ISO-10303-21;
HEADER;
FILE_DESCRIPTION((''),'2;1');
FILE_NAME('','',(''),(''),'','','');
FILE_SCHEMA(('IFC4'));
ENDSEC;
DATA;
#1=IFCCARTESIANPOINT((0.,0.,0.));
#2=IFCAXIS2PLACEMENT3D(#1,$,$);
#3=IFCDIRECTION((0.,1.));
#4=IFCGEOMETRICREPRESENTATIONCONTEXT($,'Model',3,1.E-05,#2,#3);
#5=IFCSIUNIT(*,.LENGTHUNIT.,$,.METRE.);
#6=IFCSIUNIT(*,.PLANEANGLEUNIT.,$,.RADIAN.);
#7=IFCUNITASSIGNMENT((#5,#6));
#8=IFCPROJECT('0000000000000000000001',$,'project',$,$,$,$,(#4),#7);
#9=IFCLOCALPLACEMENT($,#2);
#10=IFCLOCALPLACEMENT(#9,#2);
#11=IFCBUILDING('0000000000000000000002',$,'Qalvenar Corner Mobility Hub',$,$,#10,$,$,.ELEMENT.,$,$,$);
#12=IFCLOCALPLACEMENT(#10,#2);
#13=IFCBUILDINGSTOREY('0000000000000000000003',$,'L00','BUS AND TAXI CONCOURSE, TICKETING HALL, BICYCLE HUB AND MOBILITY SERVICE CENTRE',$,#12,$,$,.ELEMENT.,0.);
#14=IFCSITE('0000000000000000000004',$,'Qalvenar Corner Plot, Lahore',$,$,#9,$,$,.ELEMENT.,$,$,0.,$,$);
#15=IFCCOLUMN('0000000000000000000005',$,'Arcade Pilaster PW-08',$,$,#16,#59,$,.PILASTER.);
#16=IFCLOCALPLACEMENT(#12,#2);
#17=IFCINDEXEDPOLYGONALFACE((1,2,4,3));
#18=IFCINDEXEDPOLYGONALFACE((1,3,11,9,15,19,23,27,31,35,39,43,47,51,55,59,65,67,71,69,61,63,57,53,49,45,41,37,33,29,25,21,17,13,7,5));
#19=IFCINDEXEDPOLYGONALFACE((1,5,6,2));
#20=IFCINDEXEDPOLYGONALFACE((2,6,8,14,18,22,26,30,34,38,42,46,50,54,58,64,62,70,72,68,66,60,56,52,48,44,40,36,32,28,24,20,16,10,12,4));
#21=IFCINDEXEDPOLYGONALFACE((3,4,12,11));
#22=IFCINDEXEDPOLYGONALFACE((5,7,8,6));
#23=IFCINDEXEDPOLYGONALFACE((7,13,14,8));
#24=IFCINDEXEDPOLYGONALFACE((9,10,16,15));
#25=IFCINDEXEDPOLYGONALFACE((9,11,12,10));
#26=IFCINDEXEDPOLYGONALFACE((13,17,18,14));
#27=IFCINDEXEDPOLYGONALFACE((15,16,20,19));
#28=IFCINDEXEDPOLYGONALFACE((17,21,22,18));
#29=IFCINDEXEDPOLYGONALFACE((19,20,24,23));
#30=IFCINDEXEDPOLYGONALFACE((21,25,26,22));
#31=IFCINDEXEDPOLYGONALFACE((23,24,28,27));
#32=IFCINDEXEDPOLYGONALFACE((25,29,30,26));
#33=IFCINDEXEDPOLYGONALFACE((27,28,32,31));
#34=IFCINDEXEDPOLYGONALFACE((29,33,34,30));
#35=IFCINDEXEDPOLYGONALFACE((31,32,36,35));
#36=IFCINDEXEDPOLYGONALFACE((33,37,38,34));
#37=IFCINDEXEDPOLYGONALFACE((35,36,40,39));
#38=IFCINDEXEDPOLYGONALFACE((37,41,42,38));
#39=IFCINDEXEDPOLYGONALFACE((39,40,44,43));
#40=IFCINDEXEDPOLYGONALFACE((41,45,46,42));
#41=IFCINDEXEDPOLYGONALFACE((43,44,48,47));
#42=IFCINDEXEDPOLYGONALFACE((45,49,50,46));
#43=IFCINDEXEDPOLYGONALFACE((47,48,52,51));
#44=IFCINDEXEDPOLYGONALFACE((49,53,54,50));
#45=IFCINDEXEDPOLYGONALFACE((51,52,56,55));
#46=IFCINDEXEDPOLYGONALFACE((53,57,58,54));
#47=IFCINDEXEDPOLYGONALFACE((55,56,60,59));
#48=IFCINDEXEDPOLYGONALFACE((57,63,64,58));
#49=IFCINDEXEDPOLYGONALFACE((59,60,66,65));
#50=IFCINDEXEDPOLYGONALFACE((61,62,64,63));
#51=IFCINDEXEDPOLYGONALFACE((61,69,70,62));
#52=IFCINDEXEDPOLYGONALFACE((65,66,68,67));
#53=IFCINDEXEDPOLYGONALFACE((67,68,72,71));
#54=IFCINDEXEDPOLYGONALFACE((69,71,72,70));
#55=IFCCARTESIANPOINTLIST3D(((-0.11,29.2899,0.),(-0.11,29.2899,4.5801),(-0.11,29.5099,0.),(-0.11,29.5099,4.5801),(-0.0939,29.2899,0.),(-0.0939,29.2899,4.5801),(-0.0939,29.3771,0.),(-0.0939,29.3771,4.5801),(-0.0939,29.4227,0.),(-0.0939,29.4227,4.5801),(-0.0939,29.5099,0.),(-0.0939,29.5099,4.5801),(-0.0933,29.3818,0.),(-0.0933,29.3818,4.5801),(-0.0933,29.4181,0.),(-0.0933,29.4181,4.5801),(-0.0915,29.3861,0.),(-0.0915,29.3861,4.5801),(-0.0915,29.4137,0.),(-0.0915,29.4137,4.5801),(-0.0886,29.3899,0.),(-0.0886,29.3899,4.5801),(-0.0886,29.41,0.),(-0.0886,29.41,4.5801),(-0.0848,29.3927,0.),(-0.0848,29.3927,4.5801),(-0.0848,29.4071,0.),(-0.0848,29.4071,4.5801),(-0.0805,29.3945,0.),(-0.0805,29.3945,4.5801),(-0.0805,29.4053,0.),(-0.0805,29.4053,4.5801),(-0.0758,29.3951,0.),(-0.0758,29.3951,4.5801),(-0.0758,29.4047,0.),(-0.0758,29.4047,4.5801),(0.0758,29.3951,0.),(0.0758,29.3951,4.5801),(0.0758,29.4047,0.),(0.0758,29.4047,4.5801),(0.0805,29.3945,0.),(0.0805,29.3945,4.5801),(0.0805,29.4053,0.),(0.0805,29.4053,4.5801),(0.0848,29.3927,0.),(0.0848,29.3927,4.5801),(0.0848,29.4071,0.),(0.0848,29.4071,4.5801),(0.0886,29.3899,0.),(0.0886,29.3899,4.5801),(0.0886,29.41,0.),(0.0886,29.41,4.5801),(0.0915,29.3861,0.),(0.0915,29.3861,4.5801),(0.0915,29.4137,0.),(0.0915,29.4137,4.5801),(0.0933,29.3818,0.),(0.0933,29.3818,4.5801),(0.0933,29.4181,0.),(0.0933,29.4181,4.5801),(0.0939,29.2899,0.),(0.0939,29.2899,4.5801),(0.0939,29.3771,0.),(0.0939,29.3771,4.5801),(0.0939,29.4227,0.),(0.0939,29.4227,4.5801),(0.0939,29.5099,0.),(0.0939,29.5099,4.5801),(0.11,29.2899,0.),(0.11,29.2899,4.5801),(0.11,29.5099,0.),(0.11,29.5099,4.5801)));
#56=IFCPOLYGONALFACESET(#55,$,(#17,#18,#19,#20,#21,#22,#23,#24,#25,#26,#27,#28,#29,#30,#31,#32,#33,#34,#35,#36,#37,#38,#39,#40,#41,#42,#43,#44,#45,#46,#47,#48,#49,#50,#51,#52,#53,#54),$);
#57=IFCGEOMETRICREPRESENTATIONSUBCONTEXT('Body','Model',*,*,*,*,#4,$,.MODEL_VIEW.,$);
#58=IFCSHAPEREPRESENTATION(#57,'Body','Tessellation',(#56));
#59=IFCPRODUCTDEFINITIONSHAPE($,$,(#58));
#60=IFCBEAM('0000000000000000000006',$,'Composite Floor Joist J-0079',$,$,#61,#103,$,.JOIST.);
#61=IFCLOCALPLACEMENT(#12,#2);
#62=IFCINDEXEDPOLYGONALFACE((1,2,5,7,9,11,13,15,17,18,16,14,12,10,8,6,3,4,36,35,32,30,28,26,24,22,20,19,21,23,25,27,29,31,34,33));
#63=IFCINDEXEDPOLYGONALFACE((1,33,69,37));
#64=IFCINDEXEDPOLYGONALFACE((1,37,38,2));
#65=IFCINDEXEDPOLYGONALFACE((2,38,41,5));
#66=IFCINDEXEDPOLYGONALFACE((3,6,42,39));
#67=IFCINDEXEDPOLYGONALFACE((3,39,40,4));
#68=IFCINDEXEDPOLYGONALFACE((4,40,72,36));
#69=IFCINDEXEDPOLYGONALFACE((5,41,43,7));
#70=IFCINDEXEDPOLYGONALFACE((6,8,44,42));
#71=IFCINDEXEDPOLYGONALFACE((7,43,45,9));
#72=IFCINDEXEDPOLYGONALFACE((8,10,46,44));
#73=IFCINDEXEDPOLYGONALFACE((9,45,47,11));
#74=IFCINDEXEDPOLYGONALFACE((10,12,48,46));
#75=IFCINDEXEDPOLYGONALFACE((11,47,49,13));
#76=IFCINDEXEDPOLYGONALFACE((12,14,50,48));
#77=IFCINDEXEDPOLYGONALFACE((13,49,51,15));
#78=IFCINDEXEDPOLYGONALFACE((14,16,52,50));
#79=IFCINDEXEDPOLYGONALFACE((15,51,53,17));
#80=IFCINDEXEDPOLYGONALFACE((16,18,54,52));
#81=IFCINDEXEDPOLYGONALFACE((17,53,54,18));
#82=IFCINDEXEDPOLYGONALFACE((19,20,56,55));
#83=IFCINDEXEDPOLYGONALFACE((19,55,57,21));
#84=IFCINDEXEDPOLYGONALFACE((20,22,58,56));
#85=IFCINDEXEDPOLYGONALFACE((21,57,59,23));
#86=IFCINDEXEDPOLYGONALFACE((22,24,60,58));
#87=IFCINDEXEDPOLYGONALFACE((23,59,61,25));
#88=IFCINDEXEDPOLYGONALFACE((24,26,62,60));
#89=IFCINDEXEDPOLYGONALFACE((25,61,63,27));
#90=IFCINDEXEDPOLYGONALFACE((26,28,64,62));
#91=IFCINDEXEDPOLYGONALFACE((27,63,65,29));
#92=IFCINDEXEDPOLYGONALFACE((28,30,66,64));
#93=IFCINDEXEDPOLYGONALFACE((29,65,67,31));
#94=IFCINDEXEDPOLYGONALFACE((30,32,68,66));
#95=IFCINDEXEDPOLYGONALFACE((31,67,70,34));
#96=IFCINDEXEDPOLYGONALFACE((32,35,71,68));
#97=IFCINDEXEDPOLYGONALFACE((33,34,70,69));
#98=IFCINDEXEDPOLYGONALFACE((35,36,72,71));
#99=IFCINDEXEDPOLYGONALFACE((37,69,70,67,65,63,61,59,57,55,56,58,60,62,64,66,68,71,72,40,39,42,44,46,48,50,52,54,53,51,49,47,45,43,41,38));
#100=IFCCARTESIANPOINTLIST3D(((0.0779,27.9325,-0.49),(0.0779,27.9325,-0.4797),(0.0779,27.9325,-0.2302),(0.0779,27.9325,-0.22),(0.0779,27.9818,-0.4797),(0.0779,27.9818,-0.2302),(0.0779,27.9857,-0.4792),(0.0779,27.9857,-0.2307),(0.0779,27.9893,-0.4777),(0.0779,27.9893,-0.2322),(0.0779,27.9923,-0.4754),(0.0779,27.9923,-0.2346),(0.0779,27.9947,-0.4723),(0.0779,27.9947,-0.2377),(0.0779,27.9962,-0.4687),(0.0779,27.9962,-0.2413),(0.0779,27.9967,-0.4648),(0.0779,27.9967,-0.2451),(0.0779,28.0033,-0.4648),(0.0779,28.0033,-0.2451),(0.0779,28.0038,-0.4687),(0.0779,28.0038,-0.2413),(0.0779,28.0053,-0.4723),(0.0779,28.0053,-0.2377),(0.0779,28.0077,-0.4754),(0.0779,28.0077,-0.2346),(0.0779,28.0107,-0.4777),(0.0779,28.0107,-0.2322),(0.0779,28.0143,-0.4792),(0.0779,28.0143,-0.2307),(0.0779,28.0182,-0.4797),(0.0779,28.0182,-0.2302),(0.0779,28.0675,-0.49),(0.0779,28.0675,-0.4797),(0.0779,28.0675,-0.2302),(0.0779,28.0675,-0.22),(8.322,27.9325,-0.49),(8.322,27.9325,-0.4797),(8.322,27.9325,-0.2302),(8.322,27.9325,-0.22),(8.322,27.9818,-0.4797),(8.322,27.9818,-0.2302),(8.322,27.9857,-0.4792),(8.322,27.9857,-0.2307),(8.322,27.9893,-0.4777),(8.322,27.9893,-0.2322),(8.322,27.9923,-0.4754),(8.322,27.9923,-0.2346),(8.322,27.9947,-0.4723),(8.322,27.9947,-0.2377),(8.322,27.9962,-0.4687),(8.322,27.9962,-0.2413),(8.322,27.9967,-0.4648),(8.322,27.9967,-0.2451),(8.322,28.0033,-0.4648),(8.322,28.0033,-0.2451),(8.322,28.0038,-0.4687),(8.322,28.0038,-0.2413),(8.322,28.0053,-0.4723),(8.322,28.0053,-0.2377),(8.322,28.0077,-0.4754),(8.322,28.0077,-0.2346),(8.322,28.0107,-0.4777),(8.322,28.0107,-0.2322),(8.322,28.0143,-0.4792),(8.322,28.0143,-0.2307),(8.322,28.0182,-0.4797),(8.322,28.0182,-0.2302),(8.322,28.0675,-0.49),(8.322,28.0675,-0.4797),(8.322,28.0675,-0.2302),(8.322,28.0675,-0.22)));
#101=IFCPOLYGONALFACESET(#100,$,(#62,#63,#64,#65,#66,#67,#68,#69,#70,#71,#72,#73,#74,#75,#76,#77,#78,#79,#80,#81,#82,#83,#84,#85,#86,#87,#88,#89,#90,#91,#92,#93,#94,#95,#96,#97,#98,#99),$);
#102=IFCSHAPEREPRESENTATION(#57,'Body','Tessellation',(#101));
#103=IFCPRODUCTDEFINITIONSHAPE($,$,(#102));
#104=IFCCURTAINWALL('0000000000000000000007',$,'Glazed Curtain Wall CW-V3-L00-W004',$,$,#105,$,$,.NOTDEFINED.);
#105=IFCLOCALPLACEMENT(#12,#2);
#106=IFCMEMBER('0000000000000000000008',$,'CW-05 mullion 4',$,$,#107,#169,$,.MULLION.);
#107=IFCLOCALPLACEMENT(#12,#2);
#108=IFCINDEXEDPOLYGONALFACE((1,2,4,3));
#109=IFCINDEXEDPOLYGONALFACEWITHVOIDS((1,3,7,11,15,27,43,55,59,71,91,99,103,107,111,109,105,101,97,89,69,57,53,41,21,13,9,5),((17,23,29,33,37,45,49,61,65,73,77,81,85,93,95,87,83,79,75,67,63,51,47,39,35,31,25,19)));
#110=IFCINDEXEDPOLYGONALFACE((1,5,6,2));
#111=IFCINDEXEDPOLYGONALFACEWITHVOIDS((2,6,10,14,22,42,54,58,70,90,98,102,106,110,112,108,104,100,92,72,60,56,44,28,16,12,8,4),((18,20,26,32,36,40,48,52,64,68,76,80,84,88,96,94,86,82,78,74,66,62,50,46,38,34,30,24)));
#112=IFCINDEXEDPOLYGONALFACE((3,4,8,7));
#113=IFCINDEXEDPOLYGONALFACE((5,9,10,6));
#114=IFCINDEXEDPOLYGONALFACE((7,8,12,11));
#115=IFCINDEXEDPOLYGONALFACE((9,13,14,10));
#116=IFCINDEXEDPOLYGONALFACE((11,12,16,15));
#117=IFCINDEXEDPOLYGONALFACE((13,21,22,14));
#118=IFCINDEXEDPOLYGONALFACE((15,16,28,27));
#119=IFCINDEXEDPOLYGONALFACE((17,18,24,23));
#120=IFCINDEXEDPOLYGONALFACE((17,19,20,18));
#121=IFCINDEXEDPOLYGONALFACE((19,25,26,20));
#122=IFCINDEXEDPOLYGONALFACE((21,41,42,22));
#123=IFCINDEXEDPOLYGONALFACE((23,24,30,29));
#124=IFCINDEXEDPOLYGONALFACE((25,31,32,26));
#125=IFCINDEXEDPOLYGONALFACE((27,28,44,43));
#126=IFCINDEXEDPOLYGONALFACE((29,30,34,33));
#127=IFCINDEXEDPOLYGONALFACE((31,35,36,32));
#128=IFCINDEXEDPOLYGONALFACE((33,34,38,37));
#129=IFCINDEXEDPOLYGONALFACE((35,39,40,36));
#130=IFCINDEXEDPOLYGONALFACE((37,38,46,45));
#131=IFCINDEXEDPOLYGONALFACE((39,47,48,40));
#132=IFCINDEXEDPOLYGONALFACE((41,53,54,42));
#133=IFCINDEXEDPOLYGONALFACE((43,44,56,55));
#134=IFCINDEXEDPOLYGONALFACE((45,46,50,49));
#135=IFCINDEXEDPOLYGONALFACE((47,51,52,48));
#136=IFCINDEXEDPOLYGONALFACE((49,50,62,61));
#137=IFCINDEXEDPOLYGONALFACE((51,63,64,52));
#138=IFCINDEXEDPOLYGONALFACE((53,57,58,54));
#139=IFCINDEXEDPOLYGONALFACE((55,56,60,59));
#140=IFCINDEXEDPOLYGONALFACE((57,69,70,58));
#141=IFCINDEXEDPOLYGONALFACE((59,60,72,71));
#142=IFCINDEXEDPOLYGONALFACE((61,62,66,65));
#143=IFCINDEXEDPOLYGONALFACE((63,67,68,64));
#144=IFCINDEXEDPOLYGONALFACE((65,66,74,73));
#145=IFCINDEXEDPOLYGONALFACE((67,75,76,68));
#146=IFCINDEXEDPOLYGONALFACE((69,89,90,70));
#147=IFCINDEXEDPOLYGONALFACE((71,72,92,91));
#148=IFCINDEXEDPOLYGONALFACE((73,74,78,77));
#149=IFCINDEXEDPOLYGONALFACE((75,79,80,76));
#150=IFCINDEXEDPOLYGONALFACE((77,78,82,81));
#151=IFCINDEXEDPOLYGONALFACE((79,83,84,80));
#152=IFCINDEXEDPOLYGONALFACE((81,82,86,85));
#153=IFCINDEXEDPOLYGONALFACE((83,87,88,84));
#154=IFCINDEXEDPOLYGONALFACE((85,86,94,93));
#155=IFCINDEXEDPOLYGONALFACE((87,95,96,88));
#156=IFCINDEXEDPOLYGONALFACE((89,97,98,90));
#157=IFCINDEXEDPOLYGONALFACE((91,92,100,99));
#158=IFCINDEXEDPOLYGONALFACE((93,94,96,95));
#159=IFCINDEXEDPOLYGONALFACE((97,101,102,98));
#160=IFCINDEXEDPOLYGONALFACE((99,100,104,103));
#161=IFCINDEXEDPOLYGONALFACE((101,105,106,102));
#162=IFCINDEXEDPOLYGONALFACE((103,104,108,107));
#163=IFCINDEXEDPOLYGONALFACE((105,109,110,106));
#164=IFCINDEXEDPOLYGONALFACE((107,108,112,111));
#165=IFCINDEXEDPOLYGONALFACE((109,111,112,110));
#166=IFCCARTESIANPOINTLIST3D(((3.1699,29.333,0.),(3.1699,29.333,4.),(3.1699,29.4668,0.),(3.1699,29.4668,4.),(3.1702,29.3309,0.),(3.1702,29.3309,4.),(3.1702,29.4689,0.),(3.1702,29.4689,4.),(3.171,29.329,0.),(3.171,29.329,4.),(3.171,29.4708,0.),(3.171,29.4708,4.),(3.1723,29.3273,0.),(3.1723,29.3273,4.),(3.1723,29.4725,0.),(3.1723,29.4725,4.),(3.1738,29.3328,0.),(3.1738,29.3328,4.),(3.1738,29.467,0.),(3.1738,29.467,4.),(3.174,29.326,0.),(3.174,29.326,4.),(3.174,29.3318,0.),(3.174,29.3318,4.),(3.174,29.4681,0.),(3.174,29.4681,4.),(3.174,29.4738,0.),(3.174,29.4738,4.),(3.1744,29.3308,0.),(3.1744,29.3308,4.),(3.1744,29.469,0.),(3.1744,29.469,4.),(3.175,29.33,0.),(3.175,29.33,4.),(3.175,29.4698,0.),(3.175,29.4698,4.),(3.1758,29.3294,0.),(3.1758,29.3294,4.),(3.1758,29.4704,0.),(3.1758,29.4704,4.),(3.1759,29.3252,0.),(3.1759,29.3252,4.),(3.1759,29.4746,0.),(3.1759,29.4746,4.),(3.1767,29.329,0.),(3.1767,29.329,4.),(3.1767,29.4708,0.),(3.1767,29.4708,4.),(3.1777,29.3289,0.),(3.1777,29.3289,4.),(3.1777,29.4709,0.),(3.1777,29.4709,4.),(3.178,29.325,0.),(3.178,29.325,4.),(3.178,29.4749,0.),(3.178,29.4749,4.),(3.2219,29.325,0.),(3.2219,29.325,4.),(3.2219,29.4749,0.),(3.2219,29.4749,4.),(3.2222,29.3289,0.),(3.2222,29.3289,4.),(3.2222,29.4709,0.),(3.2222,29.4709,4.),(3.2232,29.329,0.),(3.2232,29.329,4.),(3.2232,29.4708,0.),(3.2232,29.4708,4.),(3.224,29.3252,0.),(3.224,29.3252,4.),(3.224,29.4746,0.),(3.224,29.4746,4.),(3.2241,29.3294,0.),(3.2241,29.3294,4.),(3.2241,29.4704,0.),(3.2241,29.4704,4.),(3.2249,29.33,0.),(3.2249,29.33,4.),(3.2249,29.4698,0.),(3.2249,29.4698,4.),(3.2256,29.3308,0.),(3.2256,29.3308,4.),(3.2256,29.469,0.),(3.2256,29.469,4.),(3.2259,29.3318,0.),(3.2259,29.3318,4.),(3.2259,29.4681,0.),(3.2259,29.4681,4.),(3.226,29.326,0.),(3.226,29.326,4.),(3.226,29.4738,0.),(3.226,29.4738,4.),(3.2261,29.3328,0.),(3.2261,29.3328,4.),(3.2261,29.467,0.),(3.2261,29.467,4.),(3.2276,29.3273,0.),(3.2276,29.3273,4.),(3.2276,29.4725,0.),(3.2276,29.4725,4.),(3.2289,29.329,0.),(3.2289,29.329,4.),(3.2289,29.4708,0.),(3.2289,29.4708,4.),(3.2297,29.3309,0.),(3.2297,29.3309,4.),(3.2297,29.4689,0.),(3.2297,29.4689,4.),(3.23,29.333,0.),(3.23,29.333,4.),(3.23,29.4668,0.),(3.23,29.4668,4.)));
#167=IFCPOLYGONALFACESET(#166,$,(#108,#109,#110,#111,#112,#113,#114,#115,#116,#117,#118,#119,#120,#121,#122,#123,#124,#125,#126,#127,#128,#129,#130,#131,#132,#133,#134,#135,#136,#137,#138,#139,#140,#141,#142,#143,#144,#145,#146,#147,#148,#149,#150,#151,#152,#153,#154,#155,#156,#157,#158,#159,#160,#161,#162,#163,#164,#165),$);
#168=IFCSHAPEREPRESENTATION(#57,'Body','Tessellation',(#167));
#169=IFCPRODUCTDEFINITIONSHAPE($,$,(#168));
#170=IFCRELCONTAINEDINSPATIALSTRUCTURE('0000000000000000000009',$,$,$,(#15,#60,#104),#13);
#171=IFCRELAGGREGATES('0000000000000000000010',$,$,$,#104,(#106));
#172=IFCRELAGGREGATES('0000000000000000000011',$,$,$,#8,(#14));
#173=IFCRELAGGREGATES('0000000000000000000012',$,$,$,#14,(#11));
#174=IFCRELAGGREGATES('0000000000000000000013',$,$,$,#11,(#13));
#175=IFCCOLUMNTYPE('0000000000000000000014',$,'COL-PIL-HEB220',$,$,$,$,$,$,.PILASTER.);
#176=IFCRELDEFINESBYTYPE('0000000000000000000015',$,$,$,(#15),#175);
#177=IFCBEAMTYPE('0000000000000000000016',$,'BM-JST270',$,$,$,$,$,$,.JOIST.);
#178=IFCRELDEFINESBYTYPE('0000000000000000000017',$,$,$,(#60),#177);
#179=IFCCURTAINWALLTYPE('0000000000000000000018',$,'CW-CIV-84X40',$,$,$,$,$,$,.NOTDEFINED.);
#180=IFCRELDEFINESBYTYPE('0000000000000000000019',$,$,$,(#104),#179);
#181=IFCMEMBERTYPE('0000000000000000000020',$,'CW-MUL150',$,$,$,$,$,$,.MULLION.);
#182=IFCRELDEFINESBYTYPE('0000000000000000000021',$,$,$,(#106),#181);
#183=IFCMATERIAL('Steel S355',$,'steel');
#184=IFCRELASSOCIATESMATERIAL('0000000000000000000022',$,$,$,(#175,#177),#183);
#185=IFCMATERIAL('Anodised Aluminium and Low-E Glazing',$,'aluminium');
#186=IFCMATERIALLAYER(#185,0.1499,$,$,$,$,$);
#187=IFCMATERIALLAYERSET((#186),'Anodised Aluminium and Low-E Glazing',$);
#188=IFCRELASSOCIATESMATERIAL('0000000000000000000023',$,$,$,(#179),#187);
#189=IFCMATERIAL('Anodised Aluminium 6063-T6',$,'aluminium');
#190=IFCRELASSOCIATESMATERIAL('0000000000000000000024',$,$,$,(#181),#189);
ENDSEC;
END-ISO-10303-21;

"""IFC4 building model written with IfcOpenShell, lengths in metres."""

from ifc_helpers import new_model, si_unit, direction, frame, origin, origin_2d, place, context, subcontext, project, spatial, hollow_rectangle, i_section, extrude, material, layer, layer_set, material_profile, profile_set, type_object, element, aggregate, save


model = new_model("IFC4")

# Units and contexts
model_context = context("Model", 3, precision=1e-05, world=origin(), true_north=direction((0.0, 1.0)))
body_context = subcontext(model_context, "Body", "Model", "MODEL_VIEW")
ifc_project = project(units=[si_unit("LENGTHUNIT", "METRE"), si_unit("PLANEANGLEUNIT", "RADIAN")], contexts=[model_context])

# Site, building, storey
site_placement = place(None, origin())
site = spatial("IfcSite", under=ifc_project, at=site_placement, Name="Qalvenar Corner Plot, Lahore", CompositionType="ELEMENT", RefElevation=0.0)
building_placement = place(site_placement, origin())
building = spatial("IfcBuilding", under=site, at=building_placement, Name="Qalvenar Corner Mobility Hub", CompositionType="ELEMENT")
storey_placement = place(building_placement, origin())
storey = spatial("IfcBuildingStorey", under=building, at=storey_placement, Name="L00", Description="BUS AND TAXI CONCOURSE, TICKETING HALL, BICYCLE HUB AND MOBILITY SERVICE CENTRE", CompositionType="ELEMENT", Elevation=0.0)

# Column
ifc_material_1 = material(Name="Steel S355", Category="steel")
ifc_material_profile_1 = material_profile(ifc_material_1, i_section(OverallWidth=0.22, OverallDepth=0.22, WebThickness=0.0095, FlangeThickness=0.0161, FilletRadius=0.0181, at=origin_2d()), Name="HEB220")
ifc_profile_set_1 = profile_set([ifc_material_profile_1], Name="Steel S355")
column_type = type_object("IfcColumnType", Name="COL-PIL-HEB220", PredefinedType="PILASTER", material=ifc_profile_set_1)
column_placement = place(storey_placement, frame((0.0, 29.3999, 0.0), z_axis=(0.0, 0.0, 1.0), x_axis=(0.0, 1.0, 0.0)))
element("IfcColumn", 1, at=column_placement, inside=storey, type_object=column_type, Name="Arcade Pilaster PW-08", PredefinedType="PILASTER", context=body_context, shape_type="SweptSolid", body=[
    extrude(i_section(OverallWidth=0.22, OverallDepth=0.22, WebThickness=0.0095, FlangeThickness=0.0161, FilletRadius=0.0181, at=origin_2d()), origin(), (0.0, 0.0, 1.0), 4.5801),
])

# Beam
ifc_material_profile_2 = material_profile(ifc_material_1, i_section(OverallWidth=0.135, OverallDepth=0.27, WebThickness=0.0066, FlangeThickness=0.0103, FilletRadius=0.0149, at=origin_2d()), Name="IPE270")
ifc_profile_set_2 = profile_set([ifc_material_profile_2], Name="Steel S355")
beam_type = type_object("IfcBeamType", Name="BM-JST270", PredefinedType="JOIST", material=ifc_profile_set_2)
beam_placement = place(storey_placement, frame((0.0779, 28.0, -0.355), z_axis=(1.0, 0.0, 0.0), x_axis=(0.0, 1.0, 0.0)))
element("IfcBeam", 2, at=beam_placement, inside=storey, type_object=beam_type, Name="Composite Floor Joist J-0079", PredefinedType="JOIST", context=body_context, shape_type="SweptSolid", body=[
    extrude(i_section(OverallWidth=0.135, OverallDepth=0.27, WebThickness=0.0066, FlangeThickness=0.0103, FilletRadius=0.0149, at=origin_2d()), origin(), (0.0, 0.0, 1.0), 8.2441),
])

# Curtain wall, member
ifc_material_2 = material(Name="Anodised Aluminium and Low-E Glazing", Category="aluminium")
ifc_layer_1 = layer(ifc_material_2, 0.1499)
ifc_layer_set_1 = layer_set([ifc_layer_1], Name="Anodised Aluminium and Low-E Glazing")
curtain_wall_type = type_object("IfcCurtainWallType", Name="CW-CIV-84X40", PredefinedType="NOTDEFINED", material=ifc_layer_set_1)
curtain_wall_placement = place(storey_placement, origin())
curtain_wall = element("IfcCurtainWall", 3, at=curtain_wall_placement, inside=storey, type_object=curtain_wall_type, Name="Glazed Curtain Wall CW-V3-L00-W004", PredefinedType="NOTDEFINED")
ifc_material_3 = material(Name="Anodised Aluminium 6063-T6", Category="aluminium")
ifc_material_profile_3 = material_profile(ifc_material_3, hollow_rectangle(XDim=0.0601, YDim=0.1499, WallThickness=0.0039, InnerFilletRadius=0.0039, OuterFilletRadius=0.0081, at=origin_2d()), Name="RHS150x60x4")
ifc_profile_set_3 = profile_set([ifc_material_profile_3], Name="Anodised Aluminium 6063-T6")
member_type_1 = type_object("IfcMemberType", Name="CW-MUL150", PredefinedType="MULLION", material=ifc_profile_set_3)
member_1_placement = place(storey_placement, frame((3.2, 29.3999, 0.0), z_axis=(0.0, 0.0, 1.0), x_axis=(1.0, 0.0, 0.0)))
member_1 = element("IfcMember", 4, at=member_1_placement, type_object=member_type_1, Name="CW-05 mullion 4", PredefinedType="MULLION", context=body_context, shape_type="SweptSolid", body=[
    extrude(hollow_rectangle(XDim=0.0601, YDim=0.1499, WallThickness=0.0039, InnerFilletRadius=0.0039, OuterFilletRadius=0.0081, at=origin_2d()), origin(), (0.0, 0.0, 1.0), 4.0),
])
aggregate(curtain_wall, [member_1])

save(model, "model.ifc")
